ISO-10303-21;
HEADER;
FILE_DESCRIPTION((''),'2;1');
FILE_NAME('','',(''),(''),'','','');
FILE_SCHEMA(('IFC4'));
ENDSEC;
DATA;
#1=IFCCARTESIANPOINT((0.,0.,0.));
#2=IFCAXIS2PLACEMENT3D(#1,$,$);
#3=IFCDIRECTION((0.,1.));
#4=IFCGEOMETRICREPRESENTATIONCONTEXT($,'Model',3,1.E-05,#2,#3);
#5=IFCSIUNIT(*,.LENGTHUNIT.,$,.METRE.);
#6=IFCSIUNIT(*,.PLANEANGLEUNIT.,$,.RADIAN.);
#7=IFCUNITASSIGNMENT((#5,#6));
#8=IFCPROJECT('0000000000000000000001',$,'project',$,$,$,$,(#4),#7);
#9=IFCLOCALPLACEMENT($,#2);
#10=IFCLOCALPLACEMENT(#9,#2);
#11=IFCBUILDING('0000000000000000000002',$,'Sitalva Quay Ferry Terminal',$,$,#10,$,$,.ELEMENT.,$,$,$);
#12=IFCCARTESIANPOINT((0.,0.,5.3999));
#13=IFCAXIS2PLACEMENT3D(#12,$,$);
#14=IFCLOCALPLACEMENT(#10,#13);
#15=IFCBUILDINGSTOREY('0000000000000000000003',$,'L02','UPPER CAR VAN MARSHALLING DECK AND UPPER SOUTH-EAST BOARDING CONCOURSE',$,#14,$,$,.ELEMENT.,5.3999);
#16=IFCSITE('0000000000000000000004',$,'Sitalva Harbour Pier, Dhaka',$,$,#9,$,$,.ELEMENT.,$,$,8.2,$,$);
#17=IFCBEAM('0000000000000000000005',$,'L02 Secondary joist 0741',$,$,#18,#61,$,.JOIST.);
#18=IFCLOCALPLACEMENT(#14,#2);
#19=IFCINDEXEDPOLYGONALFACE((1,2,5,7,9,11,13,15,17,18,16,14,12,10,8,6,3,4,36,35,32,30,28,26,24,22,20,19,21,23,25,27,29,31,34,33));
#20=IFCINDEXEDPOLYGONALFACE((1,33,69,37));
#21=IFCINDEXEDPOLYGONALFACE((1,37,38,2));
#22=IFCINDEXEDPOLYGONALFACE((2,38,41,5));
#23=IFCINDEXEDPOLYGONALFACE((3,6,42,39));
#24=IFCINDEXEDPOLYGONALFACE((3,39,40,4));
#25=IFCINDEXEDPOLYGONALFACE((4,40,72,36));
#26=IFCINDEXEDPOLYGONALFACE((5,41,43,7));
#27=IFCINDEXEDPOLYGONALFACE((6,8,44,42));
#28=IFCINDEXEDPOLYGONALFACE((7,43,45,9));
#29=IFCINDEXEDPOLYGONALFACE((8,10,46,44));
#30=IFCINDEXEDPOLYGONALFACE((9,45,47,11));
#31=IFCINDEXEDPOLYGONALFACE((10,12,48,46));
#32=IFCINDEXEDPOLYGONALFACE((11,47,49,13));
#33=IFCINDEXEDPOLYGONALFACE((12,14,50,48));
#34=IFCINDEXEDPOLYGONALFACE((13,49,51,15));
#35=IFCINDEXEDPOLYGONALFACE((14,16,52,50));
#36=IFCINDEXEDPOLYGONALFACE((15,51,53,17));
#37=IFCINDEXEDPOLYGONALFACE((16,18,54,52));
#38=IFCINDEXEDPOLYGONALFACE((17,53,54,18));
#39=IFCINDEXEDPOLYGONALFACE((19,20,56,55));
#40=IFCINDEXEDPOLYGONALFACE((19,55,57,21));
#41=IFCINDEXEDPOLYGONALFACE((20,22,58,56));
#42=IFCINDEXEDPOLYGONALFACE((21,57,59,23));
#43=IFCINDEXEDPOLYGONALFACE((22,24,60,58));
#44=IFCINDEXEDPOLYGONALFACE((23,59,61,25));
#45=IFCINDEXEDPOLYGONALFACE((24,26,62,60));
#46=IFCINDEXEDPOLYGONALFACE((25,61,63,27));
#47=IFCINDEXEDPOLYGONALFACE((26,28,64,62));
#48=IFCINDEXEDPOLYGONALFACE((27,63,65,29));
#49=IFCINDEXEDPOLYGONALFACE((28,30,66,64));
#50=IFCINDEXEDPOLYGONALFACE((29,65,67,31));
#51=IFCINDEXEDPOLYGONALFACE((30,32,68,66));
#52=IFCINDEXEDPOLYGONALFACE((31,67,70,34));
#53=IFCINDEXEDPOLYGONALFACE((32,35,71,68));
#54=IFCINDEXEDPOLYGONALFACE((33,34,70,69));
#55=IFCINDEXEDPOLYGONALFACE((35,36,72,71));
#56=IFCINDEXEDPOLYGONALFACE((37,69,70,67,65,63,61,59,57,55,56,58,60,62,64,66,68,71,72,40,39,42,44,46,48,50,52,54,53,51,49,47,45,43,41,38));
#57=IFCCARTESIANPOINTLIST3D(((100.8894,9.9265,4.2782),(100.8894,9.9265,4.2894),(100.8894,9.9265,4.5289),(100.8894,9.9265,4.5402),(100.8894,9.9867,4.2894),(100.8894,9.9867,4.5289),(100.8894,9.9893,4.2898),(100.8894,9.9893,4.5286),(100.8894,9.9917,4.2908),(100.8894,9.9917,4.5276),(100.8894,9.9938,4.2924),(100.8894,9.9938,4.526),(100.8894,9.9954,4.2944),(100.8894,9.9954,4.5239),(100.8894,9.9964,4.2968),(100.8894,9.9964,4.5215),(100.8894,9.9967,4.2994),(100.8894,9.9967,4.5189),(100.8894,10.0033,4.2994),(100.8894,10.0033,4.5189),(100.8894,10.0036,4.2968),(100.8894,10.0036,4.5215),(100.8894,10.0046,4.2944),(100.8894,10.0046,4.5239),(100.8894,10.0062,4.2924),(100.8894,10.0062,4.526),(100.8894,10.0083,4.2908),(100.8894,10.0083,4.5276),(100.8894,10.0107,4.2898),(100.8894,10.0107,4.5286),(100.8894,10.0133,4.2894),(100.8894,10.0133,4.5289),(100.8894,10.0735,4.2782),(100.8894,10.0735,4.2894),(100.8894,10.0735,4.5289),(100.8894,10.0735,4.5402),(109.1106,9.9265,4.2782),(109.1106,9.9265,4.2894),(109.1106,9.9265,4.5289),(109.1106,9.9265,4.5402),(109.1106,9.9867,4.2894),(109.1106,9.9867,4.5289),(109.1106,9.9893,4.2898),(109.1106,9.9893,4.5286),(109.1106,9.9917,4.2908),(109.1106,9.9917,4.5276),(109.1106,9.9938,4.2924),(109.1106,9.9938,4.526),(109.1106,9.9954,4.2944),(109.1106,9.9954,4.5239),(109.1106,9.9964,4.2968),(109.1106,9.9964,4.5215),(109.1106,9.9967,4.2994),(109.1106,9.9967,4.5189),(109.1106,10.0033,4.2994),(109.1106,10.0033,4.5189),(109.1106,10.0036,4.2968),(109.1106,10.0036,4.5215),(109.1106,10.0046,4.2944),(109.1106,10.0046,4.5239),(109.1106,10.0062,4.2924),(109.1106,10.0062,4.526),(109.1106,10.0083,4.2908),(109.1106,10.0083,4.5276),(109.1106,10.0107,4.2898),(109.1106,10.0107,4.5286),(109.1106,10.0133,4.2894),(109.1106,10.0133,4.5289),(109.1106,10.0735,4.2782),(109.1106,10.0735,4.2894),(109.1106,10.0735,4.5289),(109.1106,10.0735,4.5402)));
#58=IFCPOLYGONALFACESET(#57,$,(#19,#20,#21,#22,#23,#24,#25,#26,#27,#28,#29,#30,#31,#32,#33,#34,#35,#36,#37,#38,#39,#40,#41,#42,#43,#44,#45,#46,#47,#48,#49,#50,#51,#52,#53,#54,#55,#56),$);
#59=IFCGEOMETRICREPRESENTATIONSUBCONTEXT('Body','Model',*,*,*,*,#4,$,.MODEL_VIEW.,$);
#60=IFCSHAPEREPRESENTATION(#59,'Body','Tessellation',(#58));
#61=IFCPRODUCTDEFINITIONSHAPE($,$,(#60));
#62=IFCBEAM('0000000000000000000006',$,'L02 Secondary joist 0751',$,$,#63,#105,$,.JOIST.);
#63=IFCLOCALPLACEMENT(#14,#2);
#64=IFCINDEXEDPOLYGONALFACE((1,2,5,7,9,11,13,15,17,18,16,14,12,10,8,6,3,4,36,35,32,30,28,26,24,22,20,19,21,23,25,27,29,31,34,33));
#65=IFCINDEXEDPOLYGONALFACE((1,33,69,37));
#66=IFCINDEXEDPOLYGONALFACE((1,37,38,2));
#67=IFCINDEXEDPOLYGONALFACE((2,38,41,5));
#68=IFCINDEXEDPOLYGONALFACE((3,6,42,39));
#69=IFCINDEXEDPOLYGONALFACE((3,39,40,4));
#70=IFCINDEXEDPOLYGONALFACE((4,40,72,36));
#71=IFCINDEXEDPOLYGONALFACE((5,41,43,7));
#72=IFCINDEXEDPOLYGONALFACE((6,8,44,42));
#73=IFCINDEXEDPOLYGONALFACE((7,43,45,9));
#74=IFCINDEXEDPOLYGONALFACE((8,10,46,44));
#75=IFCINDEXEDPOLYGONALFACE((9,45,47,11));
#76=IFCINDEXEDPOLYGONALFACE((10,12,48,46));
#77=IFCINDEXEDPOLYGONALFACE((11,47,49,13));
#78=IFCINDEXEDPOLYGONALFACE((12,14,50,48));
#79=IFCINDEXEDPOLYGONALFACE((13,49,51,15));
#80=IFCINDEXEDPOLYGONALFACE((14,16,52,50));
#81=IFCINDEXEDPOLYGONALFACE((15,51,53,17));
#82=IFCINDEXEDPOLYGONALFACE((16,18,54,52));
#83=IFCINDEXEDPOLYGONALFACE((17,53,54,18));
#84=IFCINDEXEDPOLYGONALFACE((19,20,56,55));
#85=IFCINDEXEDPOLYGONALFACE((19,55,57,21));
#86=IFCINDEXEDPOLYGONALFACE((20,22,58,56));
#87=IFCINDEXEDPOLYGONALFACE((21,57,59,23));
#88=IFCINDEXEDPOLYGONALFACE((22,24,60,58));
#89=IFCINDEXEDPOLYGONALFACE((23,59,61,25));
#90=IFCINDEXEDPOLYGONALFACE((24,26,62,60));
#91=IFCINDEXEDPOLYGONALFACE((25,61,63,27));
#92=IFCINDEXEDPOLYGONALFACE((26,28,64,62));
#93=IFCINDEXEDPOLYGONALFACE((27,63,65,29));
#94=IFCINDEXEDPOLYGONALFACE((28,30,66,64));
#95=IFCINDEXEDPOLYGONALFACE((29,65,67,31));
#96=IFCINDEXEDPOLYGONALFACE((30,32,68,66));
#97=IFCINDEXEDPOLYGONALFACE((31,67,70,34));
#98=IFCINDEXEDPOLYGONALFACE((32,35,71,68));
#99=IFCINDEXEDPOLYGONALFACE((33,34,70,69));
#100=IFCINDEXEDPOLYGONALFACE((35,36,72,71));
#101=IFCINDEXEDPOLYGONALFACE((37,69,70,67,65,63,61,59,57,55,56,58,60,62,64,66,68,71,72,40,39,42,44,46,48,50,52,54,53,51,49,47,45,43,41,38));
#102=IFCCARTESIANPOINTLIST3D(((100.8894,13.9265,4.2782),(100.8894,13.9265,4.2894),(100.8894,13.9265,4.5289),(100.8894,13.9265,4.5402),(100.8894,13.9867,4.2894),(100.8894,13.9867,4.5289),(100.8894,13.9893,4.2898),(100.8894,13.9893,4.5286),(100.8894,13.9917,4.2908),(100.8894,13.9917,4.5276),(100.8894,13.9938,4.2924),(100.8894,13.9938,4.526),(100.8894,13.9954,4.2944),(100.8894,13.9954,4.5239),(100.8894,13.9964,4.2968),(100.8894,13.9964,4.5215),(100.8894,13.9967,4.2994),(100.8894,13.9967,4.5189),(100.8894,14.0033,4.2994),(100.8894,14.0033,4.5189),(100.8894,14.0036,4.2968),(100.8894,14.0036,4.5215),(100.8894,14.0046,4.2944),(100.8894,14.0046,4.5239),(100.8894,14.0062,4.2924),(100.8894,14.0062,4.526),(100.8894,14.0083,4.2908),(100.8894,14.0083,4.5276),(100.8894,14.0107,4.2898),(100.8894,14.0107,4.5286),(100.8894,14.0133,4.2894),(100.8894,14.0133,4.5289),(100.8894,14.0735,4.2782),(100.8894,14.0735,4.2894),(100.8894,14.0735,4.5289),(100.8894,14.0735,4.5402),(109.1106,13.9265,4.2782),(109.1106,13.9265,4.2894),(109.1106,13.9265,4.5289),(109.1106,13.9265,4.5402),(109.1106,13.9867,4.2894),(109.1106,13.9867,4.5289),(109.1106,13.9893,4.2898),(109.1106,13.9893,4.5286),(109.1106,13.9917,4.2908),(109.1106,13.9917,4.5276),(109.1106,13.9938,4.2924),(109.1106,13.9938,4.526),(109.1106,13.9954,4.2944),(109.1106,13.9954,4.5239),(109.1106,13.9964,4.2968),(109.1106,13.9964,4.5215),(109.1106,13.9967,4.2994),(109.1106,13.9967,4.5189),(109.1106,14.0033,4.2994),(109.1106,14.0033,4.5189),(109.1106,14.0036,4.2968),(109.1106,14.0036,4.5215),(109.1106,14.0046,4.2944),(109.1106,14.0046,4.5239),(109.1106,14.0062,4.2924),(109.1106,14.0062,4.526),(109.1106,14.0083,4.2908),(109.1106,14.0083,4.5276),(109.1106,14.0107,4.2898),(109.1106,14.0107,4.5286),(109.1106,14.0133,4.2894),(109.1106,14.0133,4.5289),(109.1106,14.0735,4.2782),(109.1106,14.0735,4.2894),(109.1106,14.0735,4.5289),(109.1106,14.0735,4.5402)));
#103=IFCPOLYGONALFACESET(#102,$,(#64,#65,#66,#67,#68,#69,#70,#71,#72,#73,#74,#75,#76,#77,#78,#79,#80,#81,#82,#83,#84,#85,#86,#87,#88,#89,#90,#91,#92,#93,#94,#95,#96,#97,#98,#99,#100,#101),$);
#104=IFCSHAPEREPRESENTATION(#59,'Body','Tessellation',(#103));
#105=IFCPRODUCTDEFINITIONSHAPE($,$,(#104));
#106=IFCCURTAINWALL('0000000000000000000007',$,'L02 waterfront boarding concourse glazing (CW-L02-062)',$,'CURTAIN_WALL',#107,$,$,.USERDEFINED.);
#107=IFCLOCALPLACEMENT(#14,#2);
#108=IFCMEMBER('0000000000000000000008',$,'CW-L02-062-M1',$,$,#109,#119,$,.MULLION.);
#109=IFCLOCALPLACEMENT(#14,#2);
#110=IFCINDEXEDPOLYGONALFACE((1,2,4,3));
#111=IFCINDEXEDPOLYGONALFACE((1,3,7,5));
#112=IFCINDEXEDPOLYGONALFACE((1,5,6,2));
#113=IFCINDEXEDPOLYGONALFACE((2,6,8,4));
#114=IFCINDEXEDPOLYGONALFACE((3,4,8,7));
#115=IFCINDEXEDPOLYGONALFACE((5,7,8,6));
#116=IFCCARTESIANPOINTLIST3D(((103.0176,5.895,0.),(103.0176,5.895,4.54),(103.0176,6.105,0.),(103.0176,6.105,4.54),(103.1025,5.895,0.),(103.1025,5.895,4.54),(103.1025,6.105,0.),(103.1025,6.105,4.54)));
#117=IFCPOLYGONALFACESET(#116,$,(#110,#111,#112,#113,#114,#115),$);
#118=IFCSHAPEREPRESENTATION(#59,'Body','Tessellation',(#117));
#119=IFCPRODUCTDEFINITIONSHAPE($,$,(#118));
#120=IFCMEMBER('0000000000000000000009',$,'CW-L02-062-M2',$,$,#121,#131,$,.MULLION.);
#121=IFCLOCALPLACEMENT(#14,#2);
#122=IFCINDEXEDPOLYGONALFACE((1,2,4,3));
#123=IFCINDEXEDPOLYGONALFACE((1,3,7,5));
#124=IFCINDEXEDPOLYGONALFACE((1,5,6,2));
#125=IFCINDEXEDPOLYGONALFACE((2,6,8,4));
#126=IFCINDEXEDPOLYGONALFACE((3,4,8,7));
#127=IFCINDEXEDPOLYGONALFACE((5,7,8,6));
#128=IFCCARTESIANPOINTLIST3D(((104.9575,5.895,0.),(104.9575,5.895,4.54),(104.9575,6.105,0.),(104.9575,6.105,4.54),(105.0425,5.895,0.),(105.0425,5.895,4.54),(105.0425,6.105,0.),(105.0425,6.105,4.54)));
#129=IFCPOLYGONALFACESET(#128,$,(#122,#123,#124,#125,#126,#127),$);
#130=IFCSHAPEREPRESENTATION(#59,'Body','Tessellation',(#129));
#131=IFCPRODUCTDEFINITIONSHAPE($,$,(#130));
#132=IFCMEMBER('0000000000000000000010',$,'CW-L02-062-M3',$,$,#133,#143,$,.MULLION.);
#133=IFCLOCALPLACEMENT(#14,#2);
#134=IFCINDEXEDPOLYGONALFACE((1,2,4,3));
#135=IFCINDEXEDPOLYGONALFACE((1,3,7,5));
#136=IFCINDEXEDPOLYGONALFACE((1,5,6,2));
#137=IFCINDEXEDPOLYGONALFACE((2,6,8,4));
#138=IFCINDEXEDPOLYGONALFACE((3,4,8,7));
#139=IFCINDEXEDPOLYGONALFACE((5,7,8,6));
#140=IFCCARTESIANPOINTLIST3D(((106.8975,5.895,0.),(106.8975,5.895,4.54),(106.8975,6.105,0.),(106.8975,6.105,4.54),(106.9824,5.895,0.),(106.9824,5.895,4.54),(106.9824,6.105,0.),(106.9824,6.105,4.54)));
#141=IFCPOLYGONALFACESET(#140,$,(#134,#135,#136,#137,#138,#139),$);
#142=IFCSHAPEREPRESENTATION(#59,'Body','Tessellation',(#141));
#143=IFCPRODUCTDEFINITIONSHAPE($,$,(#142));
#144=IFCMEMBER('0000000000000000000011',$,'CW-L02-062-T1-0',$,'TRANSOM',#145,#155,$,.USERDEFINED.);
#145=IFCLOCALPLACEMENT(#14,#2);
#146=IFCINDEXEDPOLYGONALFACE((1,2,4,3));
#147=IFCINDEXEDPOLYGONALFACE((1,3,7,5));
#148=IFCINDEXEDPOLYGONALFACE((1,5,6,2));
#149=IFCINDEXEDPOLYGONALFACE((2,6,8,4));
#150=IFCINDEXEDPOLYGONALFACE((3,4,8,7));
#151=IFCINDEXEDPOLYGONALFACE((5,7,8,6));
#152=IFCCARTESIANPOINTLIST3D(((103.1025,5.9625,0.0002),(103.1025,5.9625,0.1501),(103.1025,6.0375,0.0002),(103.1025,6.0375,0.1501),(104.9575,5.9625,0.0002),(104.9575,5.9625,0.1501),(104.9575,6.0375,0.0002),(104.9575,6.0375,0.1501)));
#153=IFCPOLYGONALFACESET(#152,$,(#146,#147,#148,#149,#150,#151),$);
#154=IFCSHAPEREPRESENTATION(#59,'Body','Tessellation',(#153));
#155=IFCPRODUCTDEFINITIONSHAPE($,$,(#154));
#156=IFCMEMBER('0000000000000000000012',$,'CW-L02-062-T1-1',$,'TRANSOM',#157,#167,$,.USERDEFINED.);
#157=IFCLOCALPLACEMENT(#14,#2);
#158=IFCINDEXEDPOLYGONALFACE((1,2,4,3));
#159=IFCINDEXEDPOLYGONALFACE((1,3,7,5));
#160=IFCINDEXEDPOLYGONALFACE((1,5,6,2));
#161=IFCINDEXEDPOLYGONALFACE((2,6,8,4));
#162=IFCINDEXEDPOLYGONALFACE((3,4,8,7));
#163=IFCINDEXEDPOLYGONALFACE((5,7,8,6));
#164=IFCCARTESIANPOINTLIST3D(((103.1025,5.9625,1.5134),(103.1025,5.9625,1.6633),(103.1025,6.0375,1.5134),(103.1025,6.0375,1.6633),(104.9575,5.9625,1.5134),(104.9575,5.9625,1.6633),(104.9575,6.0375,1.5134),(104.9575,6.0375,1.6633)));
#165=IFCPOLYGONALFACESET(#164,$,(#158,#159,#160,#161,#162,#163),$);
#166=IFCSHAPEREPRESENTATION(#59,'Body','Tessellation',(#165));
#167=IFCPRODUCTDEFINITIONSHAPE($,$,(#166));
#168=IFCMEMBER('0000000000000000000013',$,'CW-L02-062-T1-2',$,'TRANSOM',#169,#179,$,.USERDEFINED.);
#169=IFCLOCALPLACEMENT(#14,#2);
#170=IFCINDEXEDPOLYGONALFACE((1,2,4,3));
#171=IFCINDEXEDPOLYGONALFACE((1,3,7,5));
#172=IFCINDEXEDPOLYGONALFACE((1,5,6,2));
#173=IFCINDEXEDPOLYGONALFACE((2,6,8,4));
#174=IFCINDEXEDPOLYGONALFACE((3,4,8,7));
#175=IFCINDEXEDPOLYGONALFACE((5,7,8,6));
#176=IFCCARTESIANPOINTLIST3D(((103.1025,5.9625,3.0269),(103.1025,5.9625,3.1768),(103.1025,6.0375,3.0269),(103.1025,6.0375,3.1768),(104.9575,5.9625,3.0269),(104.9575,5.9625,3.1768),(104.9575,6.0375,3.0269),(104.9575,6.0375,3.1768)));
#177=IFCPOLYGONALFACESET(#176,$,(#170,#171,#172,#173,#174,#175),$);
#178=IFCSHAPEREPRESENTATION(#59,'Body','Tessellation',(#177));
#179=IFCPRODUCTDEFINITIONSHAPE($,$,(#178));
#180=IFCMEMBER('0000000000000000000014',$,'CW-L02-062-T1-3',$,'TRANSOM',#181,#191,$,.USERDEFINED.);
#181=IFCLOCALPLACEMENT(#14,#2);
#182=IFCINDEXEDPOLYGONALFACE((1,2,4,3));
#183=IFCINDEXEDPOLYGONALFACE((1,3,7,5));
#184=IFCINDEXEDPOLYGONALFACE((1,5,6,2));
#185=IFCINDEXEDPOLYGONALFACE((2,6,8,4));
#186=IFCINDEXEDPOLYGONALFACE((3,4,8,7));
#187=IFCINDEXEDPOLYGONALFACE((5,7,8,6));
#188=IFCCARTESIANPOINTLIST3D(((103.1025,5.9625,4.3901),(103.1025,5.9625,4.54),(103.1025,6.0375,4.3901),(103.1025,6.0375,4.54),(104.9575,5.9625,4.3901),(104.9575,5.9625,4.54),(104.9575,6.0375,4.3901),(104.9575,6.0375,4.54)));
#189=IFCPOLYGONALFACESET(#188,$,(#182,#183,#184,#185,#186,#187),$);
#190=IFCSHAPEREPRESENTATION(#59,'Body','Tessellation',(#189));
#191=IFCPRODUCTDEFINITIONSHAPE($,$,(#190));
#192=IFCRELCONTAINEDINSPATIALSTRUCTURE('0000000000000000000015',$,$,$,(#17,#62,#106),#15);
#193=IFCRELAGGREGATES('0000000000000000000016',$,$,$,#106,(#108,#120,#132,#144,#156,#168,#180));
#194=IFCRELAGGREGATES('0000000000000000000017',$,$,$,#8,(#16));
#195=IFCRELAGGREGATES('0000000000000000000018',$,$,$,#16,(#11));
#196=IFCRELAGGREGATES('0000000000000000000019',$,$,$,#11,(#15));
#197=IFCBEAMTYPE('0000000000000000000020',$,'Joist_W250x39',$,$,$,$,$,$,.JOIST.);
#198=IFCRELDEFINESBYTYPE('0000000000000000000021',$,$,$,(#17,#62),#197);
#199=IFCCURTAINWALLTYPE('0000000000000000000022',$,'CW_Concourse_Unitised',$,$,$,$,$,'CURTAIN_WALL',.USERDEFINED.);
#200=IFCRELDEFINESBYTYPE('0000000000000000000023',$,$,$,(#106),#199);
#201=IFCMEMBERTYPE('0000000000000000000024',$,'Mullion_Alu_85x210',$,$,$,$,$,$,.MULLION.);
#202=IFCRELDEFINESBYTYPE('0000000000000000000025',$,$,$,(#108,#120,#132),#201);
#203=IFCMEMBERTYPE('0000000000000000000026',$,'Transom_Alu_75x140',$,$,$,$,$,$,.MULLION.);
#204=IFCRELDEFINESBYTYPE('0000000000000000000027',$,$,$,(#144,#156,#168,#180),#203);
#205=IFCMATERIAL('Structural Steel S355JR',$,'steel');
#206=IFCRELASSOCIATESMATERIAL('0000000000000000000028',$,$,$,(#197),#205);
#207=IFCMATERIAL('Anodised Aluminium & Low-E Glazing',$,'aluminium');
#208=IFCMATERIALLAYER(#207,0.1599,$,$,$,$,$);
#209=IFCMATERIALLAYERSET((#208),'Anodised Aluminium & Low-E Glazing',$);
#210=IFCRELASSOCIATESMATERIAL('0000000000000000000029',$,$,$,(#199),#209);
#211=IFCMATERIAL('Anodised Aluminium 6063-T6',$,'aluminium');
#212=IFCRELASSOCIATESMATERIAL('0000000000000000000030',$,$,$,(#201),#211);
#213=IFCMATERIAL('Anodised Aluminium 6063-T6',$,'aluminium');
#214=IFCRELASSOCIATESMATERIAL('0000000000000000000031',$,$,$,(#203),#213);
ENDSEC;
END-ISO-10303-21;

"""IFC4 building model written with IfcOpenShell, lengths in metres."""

from ifc_helpers import new_model, si_unit, direction, frame, origin, origin_2d, place, context, subcontext, project, spatial, rectangle, i_section, extrude, material, layer, layer_set, material_profile, profile_set, type_object, element, aggregate, save


model = new_model("IFC4")

# Units and contexts
model_context = context("Model", 3, precision=1e-05, world=origin(), true_north=direction((0.0, 1.0)))
body_context = subcontext(model_context, "Body", "Model", "MODEL_VIEW")
ifc_project = project(units=[si_unit("LENGTHUNIT", "METRE"), si_unit("PLANEANGLEUNIT", "RADIAN")], contexts=[model_context])

# Site, building, storey
site_placement = place(None, origin())
site = spatial("IfcSite", under=ifc_project, at=site_placement, Name="Sitalva Harbour Pier, Dhaka", CompositionType="ELEMENT", RefElevation=8.2)
building_placement = place(site_placement, origin())
building = spatial("IfcBuilding", under=site, at=building_placement, Name="Sitalva Quay Ferry Terminal", CompositionType="ELEMENT")
storey_placement = place(building_placement, frame((0.0, 0.0, 5.3999)))
storey = spatial("IfcBuildingStorey", under=building, at=storey_placement, Name="L02", Description="UPPER CAR VAN MARSHALLING DECK AND UPPER SOUTH-EAST BOARDING CONCOURSE", CompositionType="ELEMENT", Elevation=5.3999)

# Beams
ifc_material_1 = material(Name="Structural Steel S355JR", Category="steel")
ifc_material_profile_1 = material_profile(ifc_material_1, i_section(OverallWidth=0.147, OverallDepth=0.262, WebThickness=0.0066, FlangeThickness=0.0112, FilletRadius=0.01, at=origin_2d()), Name="W250x39")
ifc_profile_set_1 = profile_set([ifc_material_profile_1], Name="Structural Steel S355JR")
beam_type = type_object("IfcBeamType", Name="Joist_W250x39", PredefinedType="JOIST", material=ifc_profile_set_1)
for number, where, z_axis, x_axis, name in (
    (1, (100.8894, 10.0, 4.4092), (1.0, 0.0, 0.0), (0.0, 1.0, 0.0), "L02 Secondary joist 0741"),
    (2, (100.8894, 14.0, 4.4092), (1.0, 0.0, 0.0), (0.0, 1.0, 0.0), "L02 Secondary joist 0751"),
):
    element("IfcBeam", number, at=place(storey_placement, frame(where, z_axis=z_axis, x_axis=x_axis)), inside=storey, type_object=beam_type, Name=name, PredefinedType="JOIST", context=body_context, shape_type="SweptSolid", body=[
        extrude(i_section(OverallWidth=0.147, OverallDepth=0.262, WebThickness=0.0066, FlangeThickness=0.0112, FilletRadius=0.01, at=origin_2d()), origin(), (0.0, 0.0, 1.0), 8.2212),
    ])

# Curtain wall, members
ifc_material_2 = material(Name="Anodised Aluminium & Low-E Glazing", Category="aluminium")
ifc_layer_1 = layer(ifc_material_2, 0.1599)
ifc_layer_set_1 = layer_set([ifc_layer_1], Name="Anodised Aluminium & Low-E Glazing")
curtain_wall_type = type_object("IfcCurtainWallType", Name="CW_Concourse_Unitised", ElementType="CURTAIN_WALL", PredefinedType="USERDEFINED", material=ifc_layer_set_1)
curtain_wall_placement = place(storey_placement, origin())
curtain_wall = element("IfcCurtainWall", 3, at=curtain_wall_placement, inside=storey, type_object=curtain_wall_type, Name="L02 waterfront boarding concourse glazing (CW-L02-062)", ObjectType="CURTAIN_WALL", PredefinedType="USERDEFINED")
ifc_material_3 = material(Name="Anodised Aluminium 6063-T6", Category="aluminium")
ifc_material_profile_2 = material_profile(ifc_material_3, rectangle(XDim=0.085, YDim=0.21, at=origin_2d()), Name="ALU85x210")
ifc_profile_set_2 = profile_set([ifc_material_profile_2], Name="Anodised Aluminium 6063-T6")
member_type_1 = type_object("IfcMemberType", Name="Mullion_Alu_85x210", PredefinedType="MULLION", material=ifc_profile_set_2)
member_1_placement = place(storey_placement, frame((103.0601, 6.0, 0.0), z_axis=(0.0, 0.0, 1.0), x_axis=(1.0, 0.0, 0.0)))
member_1 = element("IfcMember", 4, at=member_1_placement, type_object=member_type_1, Name="CW-L02-062-M1", PredefinedType="MULLION", context=body_context, shape_type="SweptSolid", body=[
    extrude(rectangle(XDim=0.085, YDim=0.21, at=origin_2d()), origin(), (0.0, 0.0, 1.0), 4.54),
])
member_2_placement = place(storey_placement, frame((105.0, 6.0, 0.0), z_axis=(0.0, 0.0, 1.0), x_axis=(1.0, 0.0, 0.0)))
member_2 = element("IfcMember", 5, at=member_2_placement, type_object=member_type_1, Name="CW-L02-062-M2", PredefinedType="MULLION", context=body_context, shape_type="SweptSolid", body=[
    extrude(rectangle(XDim=0.085, YDim=0.21, at=origin_2d()), origin(), (0.0, 0.0, 1.0), 4.54),
])
member_3_placement = place(storey_placement, frame((106.9399, 6.0, 0.0), z_axis=(0.0, 0.0, 1.0), x_axis=(1.0, 0.0, 0.0)))
member_3 = element("IfcMember", 6, at=member_3_placement, type_object=member_type_1, Name="CW-L02-062-M3", PredefinedType="MULLION", context=body_context, shape_type="SweptSolid", body=[
    extrude(rectangle(XDim=0.085, YDim=0.21, at=origin_2d()), origin(), (0.0, 0.0, 1.0), 4.54),
])
ifc_material_4 = material(Name="Anodised Aluminium 6063-T6", Category="aluminium")
ifc_material_profile_3 = material_profile(ifc_material_4, rectangle(XDim=0.075, YDim=0.1499, at=origin_2d()), Name="ALU75x150")
ifc_profile_set_3 = profile_set([ifc_material_profile_3], Name="Anodised Aluminium 6063-T6")
member_type_2 = type_object("IfcMemberType", Name="Transom_Alu_75x140", PredefinedType="MULLION", material=ifc_profile_set_3)
member_4_placement = place(storey_placement, frame((103.1025, 6.0, 0.0752), z_axis=(1.0, 0.0, 0.0), x_axis=(0.0, 1.0, 0.0)))
member_4 = element("IfcMember", 7, at=member_4_placement, type_object=member_type_2, Name="CW-L02-062-T1-0", ObjectType="TRANSOM", PredefinedType="USERDEFINED", context=body_context, shape_type="SweptSolid", body=[
    extrude(rectangle(XDim=0.075, YDim=0.1499, at=origin_2d()), origin(), (0.0, 0.0, 1.0), 1.855),
])
member_5_placement = place(storey_placement, frame((103.1025, 6.0, 1.5884), z_axis=(1.0, 0.0, 0.0), x_axis=(0.0, 1.0, 0.0)))
member_5 = element("IfcMember", 8, at=member_5_placement, type_object=member_type_2, Name="CW-L02-062-T1-1", ObjectType="TRANSOM", PredefinedType="USERDEFINED", context=body_context, shape_type="SweptSolid", body=[
    extrude(rectangle(XDim=0.075, YDim=0.1499, at=origin_2d()), origin(), (0.0, 0.0, 1.0), 1.855),
])
member_6_placement = place(storey_placement, frame((103.1025, 6.0, 3.1018), z_axis=(1.0, 0.0, 0.0), x_axis=(0.0, 1.0, 0.0)))
member_6 = element("IfcMember", 9, at=member_6_placement, type_object=member_type_2, Name="CW-L02-062-T1-2", ObjectType="TRANSOM", PredefinedType="USERDEFINED", context=body_context, shape_type="SweptSolid", body=[
    extrude(rectangle(XDim=0.075, YDim=0.1499, at=origin_2d()), origin(), (0.0, 0.0, 1.0), 1.855),
])
member_7_placement = place(storey_placement, frame((103.1025, 6.0, 4.4651), z_axis=(1.0, 0.0, 0.0), x_axis=(0.0, 1.0, 0.0)))
member_7 = element("IfcMember", 10, at=member_7_placement, type_object=member_type_2, Name="CW-L02-062-T1-3", ObjectType="TRANSOM", PredefinedType="USERDEFINED", context=body_context, shape_type="SweptSolid", body=[
    extrude(rectangle(XDim=0.075, YDim=0.1499, at=origin_2d()), origin(), (0.0, 0.0, 1.0), 1.855),
])
aggregate(curtain_wall, [member_1, member_2, member_3, member_4, member_5, member_6, member_7])

save(model, "model.ifc")
